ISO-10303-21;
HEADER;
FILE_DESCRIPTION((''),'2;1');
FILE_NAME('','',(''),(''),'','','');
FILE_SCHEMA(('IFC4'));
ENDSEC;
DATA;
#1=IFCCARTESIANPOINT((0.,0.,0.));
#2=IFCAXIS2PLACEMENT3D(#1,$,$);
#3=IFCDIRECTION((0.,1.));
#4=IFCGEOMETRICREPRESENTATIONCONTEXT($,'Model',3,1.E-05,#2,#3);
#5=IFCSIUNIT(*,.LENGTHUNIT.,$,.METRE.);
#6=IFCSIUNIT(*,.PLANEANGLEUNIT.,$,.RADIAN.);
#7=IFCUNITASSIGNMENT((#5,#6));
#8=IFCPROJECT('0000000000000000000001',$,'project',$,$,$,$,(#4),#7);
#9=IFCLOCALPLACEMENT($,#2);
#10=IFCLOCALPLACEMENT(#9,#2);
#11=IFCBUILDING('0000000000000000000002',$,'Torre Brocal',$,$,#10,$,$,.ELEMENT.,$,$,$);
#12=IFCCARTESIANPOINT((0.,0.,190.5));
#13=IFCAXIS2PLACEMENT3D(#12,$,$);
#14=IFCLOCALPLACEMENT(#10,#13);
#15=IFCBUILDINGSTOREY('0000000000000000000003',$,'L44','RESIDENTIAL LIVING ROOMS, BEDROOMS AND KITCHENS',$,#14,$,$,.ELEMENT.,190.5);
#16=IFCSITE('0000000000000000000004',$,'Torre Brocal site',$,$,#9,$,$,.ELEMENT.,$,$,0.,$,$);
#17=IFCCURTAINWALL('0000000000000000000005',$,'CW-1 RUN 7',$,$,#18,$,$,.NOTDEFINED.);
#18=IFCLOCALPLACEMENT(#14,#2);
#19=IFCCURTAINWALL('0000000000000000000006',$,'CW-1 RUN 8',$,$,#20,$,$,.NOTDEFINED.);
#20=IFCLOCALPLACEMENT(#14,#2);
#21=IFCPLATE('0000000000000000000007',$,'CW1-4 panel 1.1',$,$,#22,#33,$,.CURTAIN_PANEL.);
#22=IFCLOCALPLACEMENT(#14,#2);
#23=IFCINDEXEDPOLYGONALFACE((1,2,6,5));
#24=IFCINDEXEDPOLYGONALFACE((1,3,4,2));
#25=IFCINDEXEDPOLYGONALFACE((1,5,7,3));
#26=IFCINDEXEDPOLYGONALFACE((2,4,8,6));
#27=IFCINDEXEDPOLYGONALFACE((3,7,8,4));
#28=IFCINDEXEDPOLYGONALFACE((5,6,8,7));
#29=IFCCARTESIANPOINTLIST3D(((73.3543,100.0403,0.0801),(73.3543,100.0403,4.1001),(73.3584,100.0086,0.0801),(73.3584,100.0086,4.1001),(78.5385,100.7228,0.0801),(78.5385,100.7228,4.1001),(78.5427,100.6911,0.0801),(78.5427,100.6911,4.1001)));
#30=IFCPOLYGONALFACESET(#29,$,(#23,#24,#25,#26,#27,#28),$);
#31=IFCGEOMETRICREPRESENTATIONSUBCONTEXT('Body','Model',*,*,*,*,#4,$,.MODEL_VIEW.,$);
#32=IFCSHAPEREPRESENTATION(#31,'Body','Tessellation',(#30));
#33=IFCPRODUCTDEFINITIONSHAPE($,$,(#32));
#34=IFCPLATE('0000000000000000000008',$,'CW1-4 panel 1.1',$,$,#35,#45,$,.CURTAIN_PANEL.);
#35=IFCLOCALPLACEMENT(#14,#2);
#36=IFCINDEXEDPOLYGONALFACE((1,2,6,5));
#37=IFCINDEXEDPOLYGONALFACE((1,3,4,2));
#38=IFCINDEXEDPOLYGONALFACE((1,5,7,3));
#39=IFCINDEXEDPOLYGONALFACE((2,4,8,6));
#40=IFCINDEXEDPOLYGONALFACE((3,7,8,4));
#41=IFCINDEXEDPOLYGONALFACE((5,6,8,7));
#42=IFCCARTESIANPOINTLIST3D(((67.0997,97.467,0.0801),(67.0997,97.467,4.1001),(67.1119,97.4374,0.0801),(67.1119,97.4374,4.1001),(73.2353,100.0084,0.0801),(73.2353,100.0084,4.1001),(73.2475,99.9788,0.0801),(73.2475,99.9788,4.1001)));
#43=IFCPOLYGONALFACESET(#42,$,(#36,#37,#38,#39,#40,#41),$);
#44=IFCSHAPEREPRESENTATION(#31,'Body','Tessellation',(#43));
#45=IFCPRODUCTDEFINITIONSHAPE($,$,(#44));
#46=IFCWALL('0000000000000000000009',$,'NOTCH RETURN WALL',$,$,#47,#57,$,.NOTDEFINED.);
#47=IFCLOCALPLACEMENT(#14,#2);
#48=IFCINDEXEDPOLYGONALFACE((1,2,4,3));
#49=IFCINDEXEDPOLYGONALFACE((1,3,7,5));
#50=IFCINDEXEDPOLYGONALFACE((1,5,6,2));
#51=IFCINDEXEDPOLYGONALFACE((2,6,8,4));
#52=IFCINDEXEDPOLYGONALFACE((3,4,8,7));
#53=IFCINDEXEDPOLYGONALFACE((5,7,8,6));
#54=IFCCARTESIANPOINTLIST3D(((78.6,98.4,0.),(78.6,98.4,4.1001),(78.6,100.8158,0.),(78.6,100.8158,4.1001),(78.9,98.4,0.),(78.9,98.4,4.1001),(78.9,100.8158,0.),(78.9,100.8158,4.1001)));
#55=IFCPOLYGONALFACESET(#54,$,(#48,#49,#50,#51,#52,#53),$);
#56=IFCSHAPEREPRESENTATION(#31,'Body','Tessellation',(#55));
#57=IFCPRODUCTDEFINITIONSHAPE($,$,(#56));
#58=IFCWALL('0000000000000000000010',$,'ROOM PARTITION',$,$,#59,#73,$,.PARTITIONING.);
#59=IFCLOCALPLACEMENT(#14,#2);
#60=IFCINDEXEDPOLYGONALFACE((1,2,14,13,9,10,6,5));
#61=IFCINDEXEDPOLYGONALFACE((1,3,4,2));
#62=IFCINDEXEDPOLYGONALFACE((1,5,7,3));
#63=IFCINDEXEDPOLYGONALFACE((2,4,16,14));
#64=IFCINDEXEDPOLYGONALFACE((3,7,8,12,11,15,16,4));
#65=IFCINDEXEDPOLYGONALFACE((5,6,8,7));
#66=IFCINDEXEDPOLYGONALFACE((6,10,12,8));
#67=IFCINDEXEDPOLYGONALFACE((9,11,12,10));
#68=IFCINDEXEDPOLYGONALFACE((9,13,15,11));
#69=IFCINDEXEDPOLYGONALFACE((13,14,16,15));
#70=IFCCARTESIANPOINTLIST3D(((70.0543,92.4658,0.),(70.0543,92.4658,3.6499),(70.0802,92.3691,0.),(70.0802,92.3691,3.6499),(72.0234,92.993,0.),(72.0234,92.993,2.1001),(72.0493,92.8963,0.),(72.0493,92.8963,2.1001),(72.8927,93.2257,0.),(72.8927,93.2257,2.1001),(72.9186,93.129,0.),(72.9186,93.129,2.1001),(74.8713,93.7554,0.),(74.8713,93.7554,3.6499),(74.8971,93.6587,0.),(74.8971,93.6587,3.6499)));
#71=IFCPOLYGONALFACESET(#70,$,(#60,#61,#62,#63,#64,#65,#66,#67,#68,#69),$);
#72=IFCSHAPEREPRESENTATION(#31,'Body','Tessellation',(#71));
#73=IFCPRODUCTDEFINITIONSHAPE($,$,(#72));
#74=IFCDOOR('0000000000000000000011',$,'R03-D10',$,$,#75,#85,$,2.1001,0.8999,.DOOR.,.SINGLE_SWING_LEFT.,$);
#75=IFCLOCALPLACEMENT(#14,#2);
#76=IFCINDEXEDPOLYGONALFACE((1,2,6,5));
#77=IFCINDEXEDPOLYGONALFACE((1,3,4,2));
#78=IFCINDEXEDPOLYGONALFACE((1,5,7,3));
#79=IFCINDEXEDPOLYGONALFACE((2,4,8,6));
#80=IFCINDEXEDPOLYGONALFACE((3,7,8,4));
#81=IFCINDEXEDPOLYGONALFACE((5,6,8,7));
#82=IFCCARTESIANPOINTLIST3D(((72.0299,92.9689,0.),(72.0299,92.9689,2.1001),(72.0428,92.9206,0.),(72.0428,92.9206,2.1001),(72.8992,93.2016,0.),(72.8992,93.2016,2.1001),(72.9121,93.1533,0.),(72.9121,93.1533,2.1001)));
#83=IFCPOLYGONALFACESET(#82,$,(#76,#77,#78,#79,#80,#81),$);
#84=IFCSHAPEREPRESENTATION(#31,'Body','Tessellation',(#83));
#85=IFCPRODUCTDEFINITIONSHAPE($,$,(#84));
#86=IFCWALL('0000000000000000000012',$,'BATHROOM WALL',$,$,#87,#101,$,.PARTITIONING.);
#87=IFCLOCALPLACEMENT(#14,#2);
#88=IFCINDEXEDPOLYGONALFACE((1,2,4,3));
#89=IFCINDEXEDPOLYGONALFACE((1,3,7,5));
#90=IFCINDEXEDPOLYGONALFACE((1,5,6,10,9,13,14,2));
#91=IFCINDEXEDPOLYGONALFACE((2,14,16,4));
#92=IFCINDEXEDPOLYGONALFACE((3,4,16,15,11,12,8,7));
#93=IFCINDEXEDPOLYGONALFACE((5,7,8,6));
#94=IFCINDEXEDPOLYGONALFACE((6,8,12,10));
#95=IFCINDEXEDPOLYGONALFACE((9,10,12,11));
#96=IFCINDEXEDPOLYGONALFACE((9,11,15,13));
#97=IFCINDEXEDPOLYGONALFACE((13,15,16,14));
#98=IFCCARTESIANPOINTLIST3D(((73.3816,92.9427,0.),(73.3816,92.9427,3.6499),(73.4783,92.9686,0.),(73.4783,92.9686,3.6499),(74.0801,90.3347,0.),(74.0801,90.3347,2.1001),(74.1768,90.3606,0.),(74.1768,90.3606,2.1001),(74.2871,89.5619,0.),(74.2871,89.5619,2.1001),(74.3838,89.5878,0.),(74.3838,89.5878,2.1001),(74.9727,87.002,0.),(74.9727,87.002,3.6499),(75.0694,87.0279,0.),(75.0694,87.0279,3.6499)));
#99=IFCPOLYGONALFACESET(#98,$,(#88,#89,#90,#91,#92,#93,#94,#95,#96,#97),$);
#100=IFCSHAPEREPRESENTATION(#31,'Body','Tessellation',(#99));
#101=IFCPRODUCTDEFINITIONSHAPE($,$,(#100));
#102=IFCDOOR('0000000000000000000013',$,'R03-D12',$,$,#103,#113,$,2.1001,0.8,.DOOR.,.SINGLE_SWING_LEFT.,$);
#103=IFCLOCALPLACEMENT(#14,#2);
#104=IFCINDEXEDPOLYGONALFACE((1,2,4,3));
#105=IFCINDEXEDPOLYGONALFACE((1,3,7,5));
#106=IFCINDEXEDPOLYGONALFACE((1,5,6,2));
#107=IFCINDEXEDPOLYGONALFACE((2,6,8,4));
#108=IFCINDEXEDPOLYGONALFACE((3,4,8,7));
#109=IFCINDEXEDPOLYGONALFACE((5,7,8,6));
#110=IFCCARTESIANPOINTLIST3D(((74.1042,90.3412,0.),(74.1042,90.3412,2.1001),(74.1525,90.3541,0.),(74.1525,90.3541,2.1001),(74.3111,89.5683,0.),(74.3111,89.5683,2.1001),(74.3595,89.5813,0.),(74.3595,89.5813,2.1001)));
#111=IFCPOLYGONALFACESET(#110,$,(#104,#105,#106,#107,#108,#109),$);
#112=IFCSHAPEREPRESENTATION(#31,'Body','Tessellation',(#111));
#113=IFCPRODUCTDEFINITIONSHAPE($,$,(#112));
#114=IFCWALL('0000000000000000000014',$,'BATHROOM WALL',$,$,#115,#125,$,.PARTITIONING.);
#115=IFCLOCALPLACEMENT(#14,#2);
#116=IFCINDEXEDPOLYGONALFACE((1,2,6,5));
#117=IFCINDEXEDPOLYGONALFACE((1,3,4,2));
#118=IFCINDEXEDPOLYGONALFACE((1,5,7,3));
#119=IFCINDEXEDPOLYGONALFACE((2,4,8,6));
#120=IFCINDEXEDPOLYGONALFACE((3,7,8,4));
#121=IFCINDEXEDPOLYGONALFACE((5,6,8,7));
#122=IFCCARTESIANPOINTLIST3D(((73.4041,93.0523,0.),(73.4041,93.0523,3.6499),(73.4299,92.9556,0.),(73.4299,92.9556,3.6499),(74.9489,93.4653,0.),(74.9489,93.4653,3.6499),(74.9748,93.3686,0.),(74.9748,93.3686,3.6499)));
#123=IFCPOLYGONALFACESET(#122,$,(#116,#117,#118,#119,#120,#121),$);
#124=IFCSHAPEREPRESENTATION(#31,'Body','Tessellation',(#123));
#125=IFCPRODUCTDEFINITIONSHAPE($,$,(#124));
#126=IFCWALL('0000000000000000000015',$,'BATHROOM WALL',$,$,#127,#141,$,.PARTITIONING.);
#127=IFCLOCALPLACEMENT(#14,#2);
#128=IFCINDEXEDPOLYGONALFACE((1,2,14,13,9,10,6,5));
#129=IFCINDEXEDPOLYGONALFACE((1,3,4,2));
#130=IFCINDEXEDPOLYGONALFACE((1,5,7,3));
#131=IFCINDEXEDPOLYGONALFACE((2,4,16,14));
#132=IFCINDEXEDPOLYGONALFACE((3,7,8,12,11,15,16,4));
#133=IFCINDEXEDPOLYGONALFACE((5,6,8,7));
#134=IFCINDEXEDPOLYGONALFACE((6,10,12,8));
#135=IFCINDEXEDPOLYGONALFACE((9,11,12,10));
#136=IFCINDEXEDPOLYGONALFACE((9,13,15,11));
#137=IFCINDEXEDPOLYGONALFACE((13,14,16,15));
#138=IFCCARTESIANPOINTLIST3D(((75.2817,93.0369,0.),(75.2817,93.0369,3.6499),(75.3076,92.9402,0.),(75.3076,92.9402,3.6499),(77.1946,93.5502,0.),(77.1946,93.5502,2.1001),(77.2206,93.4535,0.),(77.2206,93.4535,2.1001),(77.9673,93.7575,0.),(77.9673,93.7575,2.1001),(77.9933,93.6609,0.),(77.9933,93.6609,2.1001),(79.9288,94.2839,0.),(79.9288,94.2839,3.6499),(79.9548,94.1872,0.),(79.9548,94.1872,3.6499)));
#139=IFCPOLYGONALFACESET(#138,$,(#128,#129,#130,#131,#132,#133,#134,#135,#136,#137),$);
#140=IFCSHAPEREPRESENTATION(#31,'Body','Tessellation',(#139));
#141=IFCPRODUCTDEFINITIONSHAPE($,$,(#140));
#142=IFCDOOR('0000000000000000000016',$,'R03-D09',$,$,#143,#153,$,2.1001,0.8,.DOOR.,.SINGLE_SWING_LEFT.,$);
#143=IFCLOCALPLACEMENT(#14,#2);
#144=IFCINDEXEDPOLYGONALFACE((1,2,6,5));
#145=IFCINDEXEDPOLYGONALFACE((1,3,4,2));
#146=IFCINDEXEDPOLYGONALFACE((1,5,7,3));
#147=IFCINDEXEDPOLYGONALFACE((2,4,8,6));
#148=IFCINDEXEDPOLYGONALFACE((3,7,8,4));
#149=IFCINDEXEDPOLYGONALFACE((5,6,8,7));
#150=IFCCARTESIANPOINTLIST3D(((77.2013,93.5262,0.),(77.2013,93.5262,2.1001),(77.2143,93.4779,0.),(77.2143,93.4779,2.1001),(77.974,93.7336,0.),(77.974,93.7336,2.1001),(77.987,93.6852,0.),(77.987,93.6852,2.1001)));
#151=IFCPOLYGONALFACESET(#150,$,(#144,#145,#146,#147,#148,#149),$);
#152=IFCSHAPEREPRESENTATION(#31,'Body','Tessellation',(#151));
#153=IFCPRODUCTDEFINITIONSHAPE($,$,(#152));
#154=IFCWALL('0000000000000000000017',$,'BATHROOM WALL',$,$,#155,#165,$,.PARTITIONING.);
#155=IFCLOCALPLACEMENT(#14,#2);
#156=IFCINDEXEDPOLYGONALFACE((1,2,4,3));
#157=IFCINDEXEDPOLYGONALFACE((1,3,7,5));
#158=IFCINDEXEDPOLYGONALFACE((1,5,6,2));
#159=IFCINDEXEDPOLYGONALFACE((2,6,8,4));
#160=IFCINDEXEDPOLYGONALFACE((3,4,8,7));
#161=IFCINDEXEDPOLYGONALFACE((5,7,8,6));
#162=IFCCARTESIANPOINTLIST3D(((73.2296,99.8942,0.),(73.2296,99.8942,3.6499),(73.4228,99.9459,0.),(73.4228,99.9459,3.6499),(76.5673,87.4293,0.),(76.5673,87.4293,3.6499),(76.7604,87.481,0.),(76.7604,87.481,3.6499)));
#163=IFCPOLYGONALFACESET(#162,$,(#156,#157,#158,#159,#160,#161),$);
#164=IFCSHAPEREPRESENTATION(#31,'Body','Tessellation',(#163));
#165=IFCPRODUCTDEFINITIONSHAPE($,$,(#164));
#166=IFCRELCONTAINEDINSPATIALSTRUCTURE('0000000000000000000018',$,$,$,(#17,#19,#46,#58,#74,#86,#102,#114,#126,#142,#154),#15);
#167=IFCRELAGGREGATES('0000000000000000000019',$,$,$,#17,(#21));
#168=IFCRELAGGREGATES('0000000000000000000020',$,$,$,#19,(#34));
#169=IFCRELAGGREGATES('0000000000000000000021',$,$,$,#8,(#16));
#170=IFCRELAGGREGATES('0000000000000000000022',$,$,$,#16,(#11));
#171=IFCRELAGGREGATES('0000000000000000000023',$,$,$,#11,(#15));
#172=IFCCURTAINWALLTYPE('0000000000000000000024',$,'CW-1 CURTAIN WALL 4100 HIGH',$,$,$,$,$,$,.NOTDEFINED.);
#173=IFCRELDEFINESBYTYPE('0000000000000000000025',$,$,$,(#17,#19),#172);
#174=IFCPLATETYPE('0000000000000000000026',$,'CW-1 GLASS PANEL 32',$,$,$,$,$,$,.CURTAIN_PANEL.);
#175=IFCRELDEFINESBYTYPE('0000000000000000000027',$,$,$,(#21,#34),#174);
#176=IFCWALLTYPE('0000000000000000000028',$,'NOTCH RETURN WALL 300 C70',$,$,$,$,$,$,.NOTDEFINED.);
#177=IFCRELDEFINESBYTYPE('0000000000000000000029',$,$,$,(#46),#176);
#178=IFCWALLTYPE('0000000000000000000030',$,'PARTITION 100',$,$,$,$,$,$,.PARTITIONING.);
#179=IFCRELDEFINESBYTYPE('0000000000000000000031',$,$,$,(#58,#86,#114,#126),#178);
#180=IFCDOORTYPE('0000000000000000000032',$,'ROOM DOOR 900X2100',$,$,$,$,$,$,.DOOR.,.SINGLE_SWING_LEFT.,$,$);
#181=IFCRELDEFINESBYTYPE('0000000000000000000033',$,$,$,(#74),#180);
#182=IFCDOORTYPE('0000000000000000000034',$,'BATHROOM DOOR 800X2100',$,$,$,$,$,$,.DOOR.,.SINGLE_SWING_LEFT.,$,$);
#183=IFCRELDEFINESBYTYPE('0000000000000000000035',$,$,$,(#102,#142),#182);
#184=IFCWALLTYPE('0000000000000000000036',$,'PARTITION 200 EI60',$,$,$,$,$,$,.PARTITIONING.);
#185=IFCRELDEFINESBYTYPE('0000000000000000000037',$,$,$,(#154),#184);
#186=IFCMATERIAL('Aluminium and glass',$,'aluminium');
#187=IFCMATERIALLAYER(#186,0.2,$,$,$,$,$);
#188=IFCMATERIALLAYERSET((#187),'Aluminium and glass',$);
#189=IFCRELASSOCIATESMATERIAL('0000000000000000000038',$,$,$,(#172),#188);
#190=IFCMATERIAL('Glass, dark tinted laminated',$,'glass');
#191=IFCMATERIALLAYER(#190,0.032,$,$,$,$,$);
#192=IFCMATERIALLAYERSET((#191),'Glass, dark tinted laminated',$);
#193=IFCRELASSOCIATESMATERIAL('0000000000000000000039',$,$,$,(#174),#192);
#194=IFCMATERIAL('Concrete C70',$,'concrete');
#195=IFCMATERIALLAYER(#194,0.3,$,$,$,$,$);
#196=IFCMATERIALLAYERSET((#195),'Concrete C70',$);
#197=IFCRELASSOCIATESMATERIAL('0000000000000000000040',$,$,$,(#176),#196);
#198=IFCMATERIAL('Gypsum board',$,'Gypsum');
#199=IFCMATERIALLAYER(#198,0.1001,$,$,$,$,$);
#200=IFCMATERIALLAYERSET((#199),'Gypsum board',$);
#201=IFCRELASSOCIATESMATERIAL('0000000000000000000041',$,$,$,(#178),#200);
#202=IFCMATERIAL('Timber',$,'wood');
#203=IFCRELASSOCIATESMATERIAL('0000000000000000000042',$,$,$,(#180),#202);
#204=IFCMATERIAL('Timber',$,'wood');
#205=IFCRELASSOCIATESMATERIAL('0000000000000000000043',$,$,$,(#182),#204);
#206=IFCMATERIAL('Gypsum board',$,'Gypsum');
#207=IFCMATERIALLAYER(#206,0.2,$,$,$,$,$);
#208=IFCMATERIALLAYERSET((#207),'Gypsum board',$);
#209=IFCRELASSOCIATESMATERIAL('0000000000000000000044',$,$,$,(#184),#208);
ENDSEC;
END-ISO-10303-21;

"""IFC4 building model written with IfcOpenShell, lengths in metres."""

from ifc_helpers import new_model, si_unit, direction, frame, frame_2d, origin, origin_2d, place, context, subcontext, project, spatial, rectangle, extrude, material, layer, layer_set, type_object, element, fill, aggregate, save


model = new_model("IFC4")

# Units and contexts
model_context = context("Model", 3, precision=1e-05, world=origin(), true_north=direction((0.0, 1.0)))
body_context = subcontext(model_context, "Body", "Model", "MODEL_VIEW")
ifc_project = project(units=[si_unit("LENGTHUNIT", "METRE"), si_unit("PLANEANGLEUNIT", "RADIAN")], contexts=[model_context])

# Site, building, storey
site_placement = place(None, origin())
site = spatial("IfcSite", under=ifc_project, at=site_placement, Name="Torre Brocal site", CompositionType="ELEMENT", RefElevation=0.0)
building_placement = place(site_placement, origin())
building = spatial("IfcBuilding", under=site, at=building_placement, Name="Torre Brocal", CompositionType="ELEMENT")
storey_placement = place(building_placement, frame((0.0, 0.0, 190.5)))
storey = spatial("IfcBuildingStorey", under=building, at=storey_placement, Name="L44", Description="RESIDENTIAL LIVING ROOMS, BEDROOMS AND KITCHENS", CompositionType="ELEMENT", Elevation=190.5)

# Curtain wall
ifc_material_1 = material(Name="Aluminium and glass", Category="aluminium")
ifc_layer_1 = layer(ifc_material_1, 0.2)
ifc_layer_set_1 = layer_set([ifc_layer_1], Name="Aluminium and glass")
curtain_wall_type = type_object("IfcCurtainWallType", Name="CW-1 CURTAIN WALL 4100 HIGH", PredefinedType="NOTDEFINED", material=ifc_layer_set_1)
curtain_wall_1_placement = place(storey_placement, origin())
curtain_wall_1 = element("IfcCurtainWall", 1, at=curtain_wall_1_placement, inside=storey, type_object=curtain_wall_type, Name="CW-1 RUN 7", PredefinedType="NOTDEFINED")

# Curtain wall
curtain_wall_2_placement = place(storey_placement, origin())
curtain_wall_2 = element("IfcCurtainWall", 2, at=curtain_wall_2_placement, inside=storey, type_object=curtain_wall_type, Name="CW-1 RUN 8", PredefinedType="NOTDEFINED")

# Plates
ifc_material_2 = material(Name="Glass, dark tinted laminated", Category="glass")
ifc_layer_2 = layer(ifc_material_2, 0.032)
ifc_layer_set_2 = layer_set([ifc_layer_2], Name="Glass, dark tinted laminated")
plate_type = type_object("IfcPlateType", Name="CW-1 GLASS PANEL 32", PredefinedType="CURTAIN_PANEL", material=ifc_layer_set_2)
plate_1_placement = place(storey_placement, frame((75.9485, 100.3657, 0.0801), z_axis=(0.0, 0.0, 1.0), x_axis=(-0.991445, -0.130526, 0.0)))
plate_1 = element("IfcPlate", 3, at=plate_1_placement, type_object=plate_type, Name="CW1-4 panel 1.1", PredefinedType="CURTAIN_PANEL", context=body_context, shape_type="SweptSolid", body=[
    extrude(rectangle(XDim=5.229, YDim=0.032, at=origin_2d()), origin(), (0.0, 0.0, 1.0), 4.02),
])
aggregate(curtain_wall_1, [plate_1])
plate_2_placement = place(storey_placement, frame((70.1736, 98.7229, 0.0801), z_axis=(0.0, 0.0, 1.0), x_axis=(-0.92388, -0.382683, 0.0)))
plate_2 = element("IfcPlate", 4, at=plate_2_placement, type_object=plate_type, Name="CW1-4 panel 1.1", PredefinedType="CURTAIN_PANEL", context=body_context, shape_type="SweptSolid", body=[
    extrude(rectangle(XDim=6.6411, YDim=0.032, at=origin_2d()), origin(), (0.0, 0.0, 1.0), 4.02),
])
aggregate(curtain_wall_2, [plate_2])

# Wall
ifc_material_3 = material(Name="Concrete C70", Category="concrete")
ifc_layer_3 = layer(ifc_material_3, 0.3)
ifc_layer_set_3 = layer_set([ifc_layer_3], Name="Concrete C70")
wall_type_1 = type_object("IfcWallType", Name="NOTCH RETURN WALL 300 C70", PredefinedType="NOTDEFINED", material=ifc_layer_set_3)
wall_1_placement = place(storey_placement, frame((78.75, 98.3999, 0.0), z_axis=(0.0, 0.0, 1.0), x_axis=(0.0, 1.0, 0.0)))
element("IfcWall", 5, at=wall_1_placement, inside=storey, type_object=wall_type_1, Name="NOTCH RETURN WALL", PredefinedType="NOTDEFINED", context=body_context, shape_type="SweptSolid", body=[
    extrude(rectangle(XDim=2.4158, YDim=0.3, at=frame_2d((1.208, 0.0))), origin(), (0.0, 0.0, 1.0), 4.1001),
])

# Walls, openings, doors
ifc_material_4 = material(Name="Gypsum board", Category="Gypsum")
ifc_layer_4 = layer(ifc_material_4, 0.1001)
ifc_layer_set_4 = layer_set([ifc_layer_4], Name="Gypsum board")
wall_type_2 = type_object("IfcWallType", Name="PARTITION 100", PredefinedType="PARTITIONING", material=ifc_layer_set_4)
wall_2_placement = place(storey_placement, frame((70.0674, 92.4175, 0.0), z_axis=(0.0, 0.0, 1.0), x_axis=(0.965983, 0.258607, 0.0)))
wall_2 = element("IfcWall", 6, at=wall_2_placement, inside=storey, type_object=wall_type_2, Name="ROOM PARTITION", PredefinedType="PARTITIONING", context=body_context, shape_type="SweptSolid", body=[
    extrude(rectangle(XDim=4.9866, YDim=0.1001, at=frame_2d((2.4932, 0.0))), origin(), (0.0, 0.0, 1.0), 3.6499),
])
opening_1_placement = place(wall_2_placement, frame((2.0383, 0.0, 0.0)))
opening_1 = element("IfcOpeningElement", 7, at=opening_1_placement, cuts=wall_2, PredefinedType="OPENING", context=body_context, shape_type="SweptSolid", body=[
    extrude(rectangle(XDim=0.8999, YDim=2.1001, at=frame_2d((0.45, 1.05))), frame((0.0, 0.0601, 0.0), z_axis=(0.0, -1.0, 0.0), x_axis=(1.0, 0.0, 0.0)), (0.0, 0.0, 1.0), 0.1201),
])
ifc_material_5 = material(Name="Timber", Category="wood")
door_type_1 = type_object("IfcDoorType", Name="ROOM DOOR 900X2100", OperationType="SINGLE_SWING_LEFT", PredefinedType="DOOR", material=ifc_material_5)
door_1_placement = place(opening_1_placement, frame((0.8999, 0.0, 0.0), z_axis=(0.0, 0.0, 1.0), x_axis=(-1.0, 0.0, 0.0)))
door_1 = element("IfcDoor", 8, at=door_1_placement, inside=storey, type_object=door_type_1, Name="R03-D10", OperationType="SINGLE_SWING_LEFT", OverallHeight=2.1001, OverallWidth=0.8999, PredefinedType="DOOR", context=body_context, shape_type="SweptSolid", body=[
    extrude(rectangle(XDim=0.8999, YDim=2.1001, at=frame_2d((0.45, 1.05))), frame((0.0, 0.0249, 0.0), z_axis=(0.0, -1.0, 0.0), x_axis=(1.0, 0.0, 0.0)), (0.0, 0.0, 1.0), 0.05),
])
fill(opening_1, door_1)
wall_3_placement = place(storey_placement, frame((73.4299, 92.9558, 0.0), z_axis=(0.0, 0.0, 1.0), x_axis=(0.258708, -0.965956, 0.0)))
wall_3 = element("IfcWall", 9, at=wall_3_placement, inside=storey, type_object=wall_type_2, Name="BATHROOM WALL", PredefinedType="PARTITIONING", context=body_context, shape_type="SweptSolid", body=[
    extrude(rectangle(XDim=6.1501, YDim=0.1001, at=frame_2d((3.0752, 0.0))), origin(), (0.0, 0.0, 1.0), 3.6499),
])
opening_2_placement = place(wall_3_placement, frame((2.7002, 0.0, 0.0)))
opening_2 = element("IfcOpeningElement", 10, at=opening_2_placement, cuts=wall_3, PredefinedType="OPENING", context=body_context, shape_type="SweptSolid", body=[
    extrude(rectangle(XDim=0.8, YDim=2.1001, at=frame_2d((0.3999, 1.05))), frame((0.0, 0.0601, 0.0), z_axis=(0.0, -1.0, 0.0), x_axis=(1.0, 0.0, 0.0)), (0.0, 0.0, 1.0), 0.1201),
])
ifc_material_6 = material(Name="Timber", Category="wood")
door_type_2 = type_object("IfcDoorType", Name="BATHROOM DOOR 800X2100", OperationType="SINGLE_SWING_LEFT", PredefinedType="DOOR", material=ifc_material_6)
door_2_placement = place(opening_2_placement, origin())
door_2 = element("IfcDoor", 11, at=door_2_placement, inside=storey, type_object=door_type_2, Name="R03-D12", OperationType="SINGLE_SWING_LEFT", OverallHeight=2.1001, OverallWidth=0.8, PredefinedType="DOOR", context=body_context, shape_type="SweptSolid", body=[
    extrude(rectangle(XDim=0.8, YDim=2.1001, at=frame_2d((0.3999, 1.05))), frame((0.0, 0.0249, 0.0), z_axis=(0.0, -1.0, 0.0), x_axis=(1.0, 0.0, 0.0)), (0.0, 0.0, 1.0), 0.05),
])
fill(opening_2, door_2)

# Wall
wall_4_placement = place(storey_placement, frame((73.417, 93.0039, 0.0), z_axis=(0.0, 0.0, 1.0), x_axis=(0.966062, 0.258309, 0.0)))
element("IfcWall", 12, at=wall_4_placement, inside=storey, type_object=wall_type_2, Name="BATHROOM WALL", PredefinedType="PARTITIONING", context=body_context, shape_type="SweptSolid", body=[
    extrude(rectangle(XDim=1.5991, YDim=0.1001, at=frame_2d((0.7996, 0.0))), origin(), (0.0, 0.0, 1.0), 3.6499),
])

# Wall, opening, door
wall_5_placement = place(storey_placement, frame((75.2947, 92.9885, 0.0), z_axis=(0.0, 0.0, 1.0), x_axis=(0.96583, 0.259178, 0.0)))
wall_5 = element("IfcWall", 13, at=wall_5_placement, inside=storey, type_object=wall_type_2, Name="BATHROOM WALL", PredefinedType="PARTITIONING", context=body_context, shape_type="SweptSolid", body=[
    extrude(rectangle(XDim=4.8115, YDim=0.1001, at=frame_2d((2.4058, 0.0))), origin(), (0.0, 0.0, 1.0), 3.6499),
])
opening_3_placement = place(wall_5_placement, frame((1.9807, 0.0, 0.0)))
opening_3 = element("IfcOpeningElement", 14, at=opening_3_placement, cuts=wall_5, PredefinedType="OPENING", context=body_context, shape_type="SweptSolid", body=[
    extrude(rectangle(XDim=0.8, YDim=2.1001, at=frame_2d((0.3999, 1.05))), frame((0.0, 0.0601, 0.0), z_axis=(0.0, -1.0, 0.0), x_axis=(1.0, 0.0, 0.0)), (0.0, 0.0, 1.0), 0.1201),
])
door_3_placement = place(opening_3_placement, frame((0.8, 0.0, 0.0), z_axis=(0.0, 0.0, 1.0), x_axis=(-1.0, 0.0, 0.0)))
door_3 = element("IfcDoor", 15, at=door_3_placement, inside=storey, type_object=door_type_2, Name="R03-D09", OperationType="SINGLE_SWING_LEFT", OverallHeight=2.1001, OverallWidth=0.8, PredefinedType="DOOR", context=body_context, shape_type="SweptSolid", body=[
    extrude(rectangle(XDim=0.8, YDim=2.1001, at=frame_2d((0.3999, 1.05))), frame((0.0, 0.0249, 0.0), z_axis=(0.0, -1.0, 0.0), x_axis=(1.0, 0.0, 0.0)), (0.0, 0.0, 1.0), 0.05),
])
fill(opening_3, door_3)

# Wall
ifc_material_7 = material(Name="Gypsum board", Category="Gypsum")
ifc_layer_5 = layer(ifc_material_7, 0.2)
ifc_layer_set_5 = layer_set([ifc_layer_5], Name="Gypsum board")
wall_type_3 = type_object("IfcWallType", Name="PARTITION 200 EI60", PredefinedType="PARTITIONING", material=ifc_layer_set_5)
wall_6_placement = place(storey_placement, frame((73.3262, 99.9202, 0.0), z_axis=(0.0, 0.0, 1.0), x_axis=(0.258653, -0.96597, 0.0)))
element("IfcWall", 16, at=wall_6_placement, inside=storey, type_object=wall_type_3, Name="BATHROOM WALL", PredefinedType="PARTITIONING", context=body_context, shape_type="SweptSolid", body=[
    extrude(rectangle(XDim=12.9041, YDim=0.2, at=frame_2d((6.4521, 0.0))), origin(), (0.0, 0.0, 1.0), 3.6499),
])

save(model, "model.ifc")
